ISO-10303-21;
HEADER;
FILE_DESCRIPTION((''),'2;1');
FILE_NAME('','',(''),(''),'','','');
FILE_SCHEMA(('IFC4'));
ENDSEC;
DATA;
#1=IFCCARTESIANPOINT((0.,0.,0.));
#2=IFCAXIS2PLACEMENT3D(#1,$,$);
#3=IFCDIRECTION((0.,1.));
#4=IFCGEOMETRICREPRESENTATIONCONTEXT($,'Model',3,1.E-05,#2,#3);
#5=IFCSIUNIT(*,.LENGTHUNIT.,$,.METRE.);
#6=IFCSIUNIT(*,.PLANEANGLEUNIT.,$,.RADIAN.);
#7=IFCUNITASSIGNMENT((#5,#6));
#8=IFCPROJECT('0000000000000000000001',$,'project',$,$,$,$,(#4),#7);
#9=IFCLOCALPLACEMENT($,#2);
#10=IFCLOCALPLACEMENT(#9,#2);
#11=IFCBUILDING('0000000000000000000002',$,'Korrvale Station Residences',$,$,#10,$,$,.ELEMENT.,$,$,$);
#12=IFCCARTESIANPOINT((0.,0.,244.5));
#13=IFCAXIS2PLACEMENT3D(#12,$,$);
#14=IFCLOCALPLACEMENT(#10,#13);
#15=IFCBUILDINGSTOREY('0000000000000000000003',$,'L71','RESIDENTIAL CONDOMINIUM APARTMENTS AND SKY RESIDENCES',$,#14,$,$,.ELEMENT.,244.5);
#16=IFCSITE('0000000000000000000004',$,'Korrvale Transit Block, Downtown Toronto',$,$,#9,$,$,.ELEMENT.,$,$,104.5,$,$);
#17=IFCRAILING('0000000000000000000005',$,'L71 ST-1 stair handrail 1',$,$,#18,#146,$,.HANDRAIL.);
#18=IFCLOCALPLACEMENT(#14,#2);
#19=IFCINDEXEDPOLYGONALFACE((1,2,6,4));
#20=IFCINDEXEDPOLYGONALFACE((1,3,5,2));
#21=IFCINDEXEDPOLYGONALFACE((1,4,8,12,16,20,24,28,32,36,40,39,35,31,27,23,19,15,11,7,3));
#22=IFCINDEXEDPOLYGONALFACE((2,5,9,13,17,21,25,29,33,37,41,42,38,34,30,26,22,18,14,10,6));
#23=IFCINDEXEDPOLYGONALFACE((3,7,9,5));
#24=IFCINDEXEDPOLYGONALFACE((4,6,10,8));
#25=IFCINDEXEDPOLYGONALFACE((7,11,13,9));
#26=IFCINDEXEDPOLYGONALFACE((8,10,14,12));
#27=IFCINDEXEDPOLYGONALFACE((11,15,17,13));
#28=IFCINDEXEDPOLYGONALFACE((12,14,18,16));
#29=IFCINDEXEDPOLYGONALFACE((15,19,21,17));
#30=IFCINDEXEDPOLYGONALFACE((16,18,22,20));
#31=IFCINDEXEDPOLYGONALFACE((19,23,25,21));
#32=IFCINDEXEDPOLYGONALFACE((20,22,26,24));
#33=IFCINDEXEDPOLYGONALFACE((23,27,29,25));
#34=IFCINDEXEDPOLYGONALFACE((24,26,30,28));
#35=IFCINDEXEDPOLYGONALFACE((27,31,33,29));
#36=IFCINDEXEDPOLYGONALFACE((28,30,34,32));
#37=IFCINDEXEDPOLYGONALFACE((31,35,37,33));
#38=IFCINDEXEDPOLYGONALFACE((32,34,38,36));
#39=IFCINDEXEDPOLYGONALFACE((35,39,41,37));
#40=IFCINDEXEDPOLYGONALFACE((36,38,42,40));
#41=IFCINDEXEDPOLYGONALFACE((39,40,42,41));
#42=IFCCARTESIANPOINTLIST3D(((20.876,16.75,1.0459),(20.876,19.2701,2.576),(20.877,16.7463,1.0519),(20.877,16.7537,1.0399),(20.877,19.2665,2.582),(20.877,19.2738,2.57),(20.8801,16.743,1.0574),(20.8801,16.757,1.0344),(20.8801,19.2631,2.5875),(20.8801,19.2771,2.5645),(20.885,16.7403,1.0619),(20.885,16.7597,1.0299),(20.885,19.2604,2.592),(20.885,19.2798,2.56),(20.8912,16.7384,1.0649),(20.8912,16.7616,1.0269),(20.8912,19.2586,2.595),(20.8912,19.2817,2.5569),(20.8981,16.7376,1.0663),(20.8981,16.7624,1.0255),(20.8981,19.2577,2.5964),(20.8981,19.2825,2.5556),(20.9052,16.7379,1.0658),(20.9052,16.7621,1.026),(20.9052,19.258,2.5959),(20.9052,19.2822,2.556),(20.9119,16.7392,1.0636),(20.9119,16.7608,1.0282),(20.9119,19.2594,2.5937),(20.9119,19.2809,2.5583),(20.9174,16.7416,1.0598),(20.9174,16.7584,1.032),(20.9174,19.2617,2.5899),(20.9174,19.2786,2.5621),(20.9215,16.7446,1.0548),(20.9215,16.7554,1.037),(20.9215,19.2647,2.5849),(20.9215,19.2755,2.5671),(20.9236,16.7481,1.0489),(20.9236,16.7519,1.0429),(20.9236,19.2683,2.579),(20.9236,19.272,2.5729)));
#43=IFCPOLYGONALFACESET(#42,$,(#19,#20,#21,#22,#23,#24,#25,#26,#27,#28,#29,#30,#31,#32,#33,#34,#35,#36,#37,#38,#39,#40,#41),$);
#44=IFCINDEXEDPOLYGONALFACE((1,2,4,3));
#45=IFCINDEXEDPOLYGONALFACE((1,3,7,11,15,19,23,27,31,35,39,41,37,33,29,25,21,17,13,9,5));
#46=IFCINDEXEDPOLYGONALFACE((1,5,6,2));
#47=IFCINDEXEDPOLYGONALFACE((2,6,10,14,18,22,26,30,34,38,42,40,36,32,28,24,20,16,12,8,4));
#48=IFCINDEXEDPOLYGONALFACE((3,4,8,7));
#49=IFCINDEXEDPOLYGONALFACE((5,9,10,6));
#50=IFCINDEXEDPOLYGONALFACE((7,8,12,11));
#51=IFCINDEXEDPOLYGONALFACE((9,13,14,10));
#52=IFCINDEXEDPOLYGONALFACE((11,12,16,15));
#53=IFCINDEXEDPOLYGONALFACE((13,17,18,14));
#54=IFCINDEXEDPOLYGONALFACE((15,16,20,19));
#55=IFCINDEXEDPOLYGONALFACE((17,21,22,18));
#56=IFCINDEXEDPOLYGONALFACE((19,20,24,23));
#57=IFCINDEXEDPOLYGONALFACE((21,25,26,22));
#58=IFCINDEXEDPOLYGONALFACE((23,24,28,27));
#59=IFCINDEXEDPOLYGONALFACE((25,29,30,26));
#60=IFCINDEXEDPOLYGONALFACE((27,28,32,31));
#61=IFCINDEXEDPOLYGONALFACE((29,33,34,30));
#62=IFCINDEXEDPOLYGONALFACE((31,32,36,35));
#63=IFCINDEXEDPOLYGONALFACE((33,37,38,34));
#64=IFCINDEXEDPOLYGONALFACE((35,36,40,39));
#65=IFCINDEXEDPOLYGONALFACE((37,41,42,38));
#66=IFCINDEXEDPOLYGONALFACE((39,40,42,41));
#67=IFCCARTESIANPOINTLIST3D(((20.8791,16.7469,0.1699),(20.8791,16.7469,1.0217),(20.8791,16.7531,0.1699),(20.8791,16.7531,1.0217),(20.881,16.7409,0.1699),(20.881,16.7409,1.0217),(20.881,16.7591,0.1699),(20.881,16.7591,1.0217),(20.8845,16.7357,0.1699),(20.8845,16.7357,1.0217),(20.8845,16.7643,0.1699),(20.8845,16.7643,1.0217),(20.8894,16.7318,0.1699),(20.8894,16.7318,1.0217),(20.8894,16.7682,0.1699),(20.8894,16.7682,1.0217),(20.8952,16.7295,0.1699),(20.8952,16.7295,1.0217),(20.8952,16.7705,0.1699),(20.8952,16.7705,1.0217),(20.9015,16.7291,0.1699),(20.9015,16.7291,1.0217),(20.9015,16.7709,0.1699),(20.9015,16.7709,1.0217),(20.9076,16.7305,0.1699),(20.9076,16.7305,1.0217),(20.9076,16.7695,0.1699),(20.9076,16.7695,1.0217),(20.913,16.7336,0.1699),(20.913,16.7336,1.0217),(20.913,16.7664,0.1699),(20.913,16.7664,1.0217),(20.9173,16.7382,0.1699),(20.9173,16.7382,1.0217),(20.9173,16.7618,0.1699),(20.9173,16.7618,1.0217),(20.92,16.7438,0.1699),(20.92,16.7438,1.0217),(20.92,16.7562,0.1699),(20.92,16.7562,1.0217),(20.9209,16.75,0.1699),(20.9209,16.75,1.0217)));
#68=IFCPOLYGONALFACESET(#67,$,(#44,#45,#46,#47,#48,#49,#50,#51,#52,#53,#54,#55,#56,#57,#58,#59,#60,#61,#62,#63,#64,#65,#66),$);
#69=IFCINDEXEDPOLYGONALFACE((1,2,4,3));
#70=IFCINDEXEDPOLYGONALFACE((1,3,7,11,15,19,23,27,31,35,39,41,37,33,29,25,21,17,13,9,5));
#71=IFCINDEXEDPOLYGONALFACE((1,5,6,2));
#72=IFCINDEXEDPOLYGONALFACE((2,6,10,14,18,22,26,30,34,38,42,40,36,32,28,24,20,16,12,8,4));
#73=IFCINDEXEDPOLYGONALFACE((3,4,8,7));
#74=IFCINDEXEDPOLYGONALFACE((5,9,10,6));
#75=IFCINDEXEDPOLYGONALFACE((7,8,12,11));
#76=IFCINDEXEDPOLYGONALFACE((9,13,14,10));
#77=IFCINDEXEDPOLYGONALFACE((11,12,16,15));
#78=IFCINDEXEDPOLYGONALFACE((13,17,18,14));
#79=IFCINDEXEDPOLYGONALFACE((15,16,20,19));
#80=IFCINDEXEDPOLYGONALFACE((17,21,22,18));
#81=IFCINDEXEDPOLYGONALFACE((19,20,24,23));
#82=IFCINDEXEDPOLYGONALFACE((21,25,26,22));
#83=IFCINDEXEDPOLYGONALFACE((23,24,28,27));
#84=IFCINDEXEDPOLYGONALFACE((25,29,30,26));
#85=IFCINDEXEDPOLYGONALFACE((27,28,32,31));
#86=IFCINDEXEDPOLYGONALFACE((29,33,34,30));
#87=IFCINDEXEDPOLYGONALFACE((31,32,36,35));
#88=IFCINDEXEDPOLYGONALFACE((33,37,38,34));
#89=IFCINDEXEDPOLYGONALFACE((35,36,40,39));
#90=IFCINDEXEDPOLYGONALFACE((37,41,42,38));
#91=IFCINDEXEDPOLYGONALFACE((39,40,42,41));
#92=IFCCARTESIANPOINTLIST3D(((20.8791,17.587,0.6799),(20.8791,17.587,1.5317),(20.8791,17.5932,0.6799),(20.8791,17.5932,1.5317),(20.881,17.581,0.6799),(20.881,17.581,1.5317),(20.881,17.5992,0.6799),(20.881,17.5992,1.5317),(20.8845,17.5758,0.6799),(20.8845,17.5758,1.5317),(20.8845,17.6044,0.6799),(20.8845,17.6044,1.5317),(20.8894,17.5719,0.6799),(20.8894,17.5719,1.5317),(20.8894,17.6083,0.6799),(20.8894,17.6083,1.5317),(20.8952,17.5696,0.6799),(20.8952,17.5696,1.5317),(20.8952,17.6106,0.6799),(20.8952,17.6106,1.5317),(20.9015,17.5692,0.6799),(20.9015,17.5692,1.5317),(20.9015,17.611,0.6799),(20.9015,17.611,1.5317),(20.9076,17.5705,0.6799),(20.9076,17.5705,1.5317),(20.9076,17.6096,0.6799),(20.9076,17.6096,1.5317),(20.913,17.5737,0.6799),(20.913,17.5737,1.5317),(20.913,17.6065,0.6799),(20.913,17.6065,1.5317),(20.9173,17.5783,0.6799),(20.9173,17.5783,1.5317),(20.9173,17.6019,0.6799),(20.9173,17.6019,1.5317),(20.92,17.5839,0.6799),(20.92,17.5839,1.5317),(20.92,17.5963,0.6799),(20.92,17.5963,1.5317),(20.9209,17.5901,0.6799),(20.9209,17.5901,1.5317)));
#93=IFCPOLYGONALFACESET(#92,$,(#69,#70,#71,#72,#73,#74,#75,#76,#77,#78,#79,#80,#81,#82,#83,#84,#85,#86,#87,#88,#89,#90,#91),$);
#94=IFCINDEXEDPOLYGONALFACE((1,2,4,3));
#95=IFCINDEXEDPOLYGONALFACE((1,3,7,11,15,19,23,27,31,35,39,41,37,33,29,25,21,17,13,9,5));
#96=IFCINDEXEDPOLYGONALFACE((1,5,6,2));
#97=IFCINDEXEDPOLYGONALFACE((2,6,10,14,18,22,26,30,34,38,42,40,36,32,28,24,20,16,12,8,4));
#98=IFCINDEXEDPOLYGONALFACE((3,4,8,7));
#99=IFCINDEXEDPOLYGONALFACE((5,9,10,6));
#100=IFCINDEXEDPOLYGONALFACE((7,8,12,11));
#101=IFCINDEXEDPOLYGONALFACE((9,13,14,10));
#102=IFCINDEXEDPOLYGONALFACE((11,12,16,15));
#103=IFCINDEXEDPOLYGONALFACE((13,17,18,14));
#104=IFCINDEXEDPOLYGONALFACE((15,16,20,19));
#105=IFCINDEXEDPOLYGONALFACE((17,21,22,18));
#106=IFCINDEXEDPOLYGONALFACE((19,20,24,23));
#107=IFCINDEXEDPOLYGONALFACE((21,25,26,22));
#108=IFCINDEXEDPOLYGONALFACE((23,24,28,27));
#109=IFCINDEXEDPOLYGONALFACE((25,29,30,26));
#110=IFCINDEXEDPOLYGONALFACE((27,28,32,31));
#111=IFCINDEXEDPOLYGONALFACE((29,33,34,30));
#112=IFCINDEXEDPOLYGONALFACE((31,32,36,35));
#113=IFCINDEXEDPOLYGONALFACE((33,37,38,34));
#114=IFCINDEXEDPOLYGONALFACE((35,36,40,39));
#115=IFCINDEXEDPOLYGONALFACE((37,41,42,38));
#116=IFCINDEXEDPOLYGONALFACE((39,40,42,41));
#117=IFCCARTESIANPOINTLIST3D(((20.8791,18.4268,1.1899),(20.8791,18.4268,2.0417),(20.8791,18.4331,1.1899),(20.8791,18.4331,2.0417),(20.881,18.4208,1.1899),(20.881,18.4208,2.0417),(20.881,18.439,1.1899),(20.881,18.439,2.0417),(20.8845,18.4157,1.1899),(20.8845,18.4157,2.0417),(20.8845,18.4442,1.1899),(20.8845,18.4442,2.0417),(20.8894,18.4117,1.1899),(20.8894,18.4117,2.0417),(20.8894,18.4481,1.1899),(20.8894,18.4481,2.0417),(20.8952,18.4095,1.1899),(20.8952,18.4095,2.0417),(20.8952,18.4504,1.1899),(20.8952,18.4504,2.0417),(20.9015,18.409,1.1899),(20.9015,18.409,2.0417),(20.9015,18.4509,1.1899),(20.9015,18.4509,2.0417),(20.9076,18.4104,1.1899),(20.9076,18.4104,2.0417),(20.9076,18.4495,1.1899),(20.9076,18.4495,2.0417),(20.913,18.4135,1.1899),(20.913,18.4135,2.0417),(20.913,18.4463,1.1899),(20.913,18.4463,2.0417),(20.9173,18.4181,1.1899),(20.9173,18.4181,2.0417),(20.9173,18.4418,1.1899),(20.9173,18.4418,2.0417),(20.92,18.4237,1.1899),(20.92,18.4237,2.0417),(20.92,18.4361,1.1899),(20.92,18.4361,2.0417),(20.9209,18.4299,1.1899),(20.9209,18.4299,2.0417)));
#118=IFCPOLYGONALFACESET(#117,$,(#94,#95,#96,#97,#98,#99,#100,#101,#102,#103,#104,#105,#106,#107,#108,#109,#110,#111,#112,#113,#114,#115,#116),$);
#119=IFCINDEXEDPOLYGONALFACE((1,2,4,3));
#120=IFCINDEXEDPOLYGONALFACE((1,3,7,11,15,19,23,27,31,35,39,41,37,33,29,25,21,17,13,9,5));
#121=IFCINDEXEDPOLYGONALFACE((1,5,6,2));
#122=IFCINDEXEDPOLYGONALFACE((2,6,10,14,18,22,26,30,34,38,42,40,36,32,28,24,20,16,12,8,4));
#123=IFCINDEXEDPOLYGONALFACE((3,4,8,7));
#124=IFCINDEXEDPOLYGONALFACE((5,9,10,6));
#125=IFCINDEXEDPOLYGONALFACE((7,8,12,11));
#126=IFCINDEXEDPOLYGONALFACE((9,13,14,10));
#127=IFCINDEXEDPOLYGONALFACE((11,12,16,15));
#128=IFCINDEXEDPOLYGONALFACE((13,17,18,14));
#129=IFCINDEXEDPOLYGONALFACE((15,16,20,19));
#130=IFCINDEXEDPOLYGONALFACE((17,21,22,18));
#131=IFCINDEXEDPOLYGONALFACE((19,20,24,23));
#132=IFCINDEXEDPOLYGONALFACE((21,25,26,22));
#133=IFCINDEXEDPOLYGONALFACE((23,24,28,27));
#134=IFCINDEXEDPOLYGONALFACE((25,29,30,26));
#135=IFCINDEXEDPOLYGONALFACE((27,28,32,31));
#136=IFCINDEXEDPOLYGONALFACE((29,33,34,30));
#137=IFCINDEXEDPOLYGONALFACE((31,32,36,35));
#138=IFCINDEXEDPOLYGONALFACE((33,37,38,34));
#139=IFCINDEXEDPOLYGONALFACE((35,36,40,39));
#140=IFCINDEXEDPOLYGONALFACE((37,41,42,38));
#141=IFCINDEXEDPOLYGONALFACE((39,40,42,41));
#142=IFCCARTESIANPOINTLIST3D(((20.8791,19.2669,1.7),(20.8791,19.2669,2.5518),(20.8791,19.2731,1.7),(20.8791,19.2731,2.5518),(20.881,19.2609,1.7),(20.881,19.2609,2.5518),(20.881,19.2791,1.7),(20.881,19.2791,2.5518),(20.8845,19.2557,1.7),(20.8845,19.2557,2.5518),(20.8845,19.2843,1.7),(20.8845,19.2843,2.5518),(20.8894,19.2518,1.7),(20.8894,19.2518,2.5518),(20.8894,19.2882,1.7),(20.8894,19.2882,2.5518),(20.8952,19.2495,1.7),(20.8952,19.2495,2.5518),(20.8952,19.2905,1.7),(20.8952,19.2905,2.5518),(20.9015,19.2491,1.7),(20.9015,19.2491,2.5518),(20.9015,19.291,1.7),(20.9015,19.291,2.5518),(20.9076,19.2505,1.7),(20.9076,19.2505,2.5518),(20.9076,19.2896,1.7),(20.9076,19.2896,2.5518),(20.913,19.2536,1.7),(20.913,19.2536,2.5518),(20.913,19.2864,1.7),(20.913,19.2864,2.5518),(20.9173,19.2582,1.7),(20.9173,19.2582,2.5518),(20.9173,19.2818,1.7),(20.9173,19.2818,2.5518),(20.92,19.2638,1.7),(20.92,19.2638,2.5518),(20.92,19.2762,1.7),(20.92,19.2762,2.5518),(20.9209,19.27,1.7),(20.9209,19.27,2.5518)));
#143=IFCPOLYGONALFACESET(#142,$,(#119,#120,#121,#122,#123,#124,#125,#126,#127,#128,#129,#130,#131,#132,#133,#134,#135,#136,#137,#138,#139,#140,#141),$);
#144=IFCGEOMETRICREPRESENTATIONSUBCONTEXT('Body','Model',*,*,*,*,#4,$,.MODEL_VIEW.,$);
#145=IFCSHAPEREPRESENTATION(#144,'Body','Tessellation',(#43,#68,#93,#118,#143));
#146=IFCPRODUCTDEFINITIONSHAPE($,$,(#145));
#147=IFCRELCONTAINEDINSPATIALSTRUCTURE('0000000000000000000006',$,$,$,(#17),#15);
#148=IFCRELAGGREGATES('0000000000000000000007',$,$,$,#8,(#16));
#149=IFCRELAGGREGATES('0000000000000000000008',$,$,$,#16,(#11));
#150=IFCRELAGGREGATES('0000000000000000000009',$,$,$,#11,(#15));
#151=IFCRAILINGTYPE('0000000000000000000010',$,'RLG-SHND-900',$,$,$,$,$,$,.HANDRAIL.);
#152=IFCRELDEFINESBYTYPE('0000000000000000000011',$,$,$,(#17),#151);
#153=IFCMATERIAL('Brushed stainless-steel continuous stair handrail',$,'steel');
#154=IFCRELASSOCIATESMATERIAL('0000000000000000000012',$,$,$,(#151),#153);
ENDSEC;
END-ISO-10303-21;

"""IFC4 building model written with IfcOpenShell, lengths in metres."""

from ifc_helpers import new_model, si_unit, direction, frame, origin, origin_2d, place, context, subcontext, project, spatial, circle, extrude, material, type_object, element, save


model = new_model("IFC4")

# Units and contexts
model_context = context("Model", 3, precision=1e-05, world=origin(), true_north=direction((0.0, 1.0)))
body_context = subcontext(model_context, "Body", "Model", "MODEL_VIEW")
ifc_project = project(units=[si_unit("LENGTHUNIT", "METRE"), si_unit("PLANEANGLEUNIT", "RADIAN")], contexts=[model_context])

# Site, building, storey
site_placement = place(None, origin())
site = spatial("IfcSite", under=ifc_project, at=site_placement, Name="Korrvale Transit Block, Downtown Toronto", CompositionType="ELEMENT", RefElevation=104.5)
building_placement = place(site_placement, origin())
building = spatial("IfcBuilding", under=site, at=building_placement, Name="Korrvale Station Residences", CompositionType="ELEMENT")
storey_placement = place(building_placement, frame((0.0, 0.0, 244.5)))
storey = spatial("IfcBuildingStorey", under=building, at=storey_placement, Name="L71", Description="RESIDENTIAL CONDOMINIUM APARTMENTS AND SKY RESIDENCES", CompositionType="ELEMENT", Elevation=244.5)

# Railing
ifc_material_1 = material(Name="Brushed stainless-steel continuous stair handrail", Category="steel")
railing_type_1 = type_object("IfcRailingType", Name="RLG-SHND-900", PredefinedType="HANDRAIL", material=ifc_material_1)
railing_1_placement = place(storey_placement, frame((20.8999, 16.75, 0.1699)))
element("IfcRailing", 1, at=railing_1_placement, inside=storey, type_object=railing_type_1, Name="L71 ST-1 stair handrail 1", PredefinedType="HANDRAIL", context=body_context, shape_type="SweptSolid", body=[
    extrude(circle(Radius=0.0239, at=origin_2d()), frame((0.0, 0.0, 0.876), z_axis=(0.0, 0.854785, 0.518982), x_axis=(-1.0, 0.0, 0.0)), (0.0, 0.0, 1.0), 2.9482),
    extrude(circle(Radius=0.021, at=origin_2d()), origin(), (0.0, 0.0, 1.0), 0.8518),
    extrude(circle(Radius=0.021, at=origin_2d()), frame((0.0, 0.8401, 0.51)), (0.0, 0.0, 1.0), 0.8518),
    extrude(circle(Radius=0.021, at=origin_2d()), frame((0.0, 1.6799, 1.02)), (0.0, 0.0, 1.0), 0.8518),
    extrude(circle(Radius=0.021, at=origin_2d()), frame((0.0, 2.52, 1.53)), (0.0, 0.0, 1.0), 0.8518),
])

save(model, "model.ifc")
